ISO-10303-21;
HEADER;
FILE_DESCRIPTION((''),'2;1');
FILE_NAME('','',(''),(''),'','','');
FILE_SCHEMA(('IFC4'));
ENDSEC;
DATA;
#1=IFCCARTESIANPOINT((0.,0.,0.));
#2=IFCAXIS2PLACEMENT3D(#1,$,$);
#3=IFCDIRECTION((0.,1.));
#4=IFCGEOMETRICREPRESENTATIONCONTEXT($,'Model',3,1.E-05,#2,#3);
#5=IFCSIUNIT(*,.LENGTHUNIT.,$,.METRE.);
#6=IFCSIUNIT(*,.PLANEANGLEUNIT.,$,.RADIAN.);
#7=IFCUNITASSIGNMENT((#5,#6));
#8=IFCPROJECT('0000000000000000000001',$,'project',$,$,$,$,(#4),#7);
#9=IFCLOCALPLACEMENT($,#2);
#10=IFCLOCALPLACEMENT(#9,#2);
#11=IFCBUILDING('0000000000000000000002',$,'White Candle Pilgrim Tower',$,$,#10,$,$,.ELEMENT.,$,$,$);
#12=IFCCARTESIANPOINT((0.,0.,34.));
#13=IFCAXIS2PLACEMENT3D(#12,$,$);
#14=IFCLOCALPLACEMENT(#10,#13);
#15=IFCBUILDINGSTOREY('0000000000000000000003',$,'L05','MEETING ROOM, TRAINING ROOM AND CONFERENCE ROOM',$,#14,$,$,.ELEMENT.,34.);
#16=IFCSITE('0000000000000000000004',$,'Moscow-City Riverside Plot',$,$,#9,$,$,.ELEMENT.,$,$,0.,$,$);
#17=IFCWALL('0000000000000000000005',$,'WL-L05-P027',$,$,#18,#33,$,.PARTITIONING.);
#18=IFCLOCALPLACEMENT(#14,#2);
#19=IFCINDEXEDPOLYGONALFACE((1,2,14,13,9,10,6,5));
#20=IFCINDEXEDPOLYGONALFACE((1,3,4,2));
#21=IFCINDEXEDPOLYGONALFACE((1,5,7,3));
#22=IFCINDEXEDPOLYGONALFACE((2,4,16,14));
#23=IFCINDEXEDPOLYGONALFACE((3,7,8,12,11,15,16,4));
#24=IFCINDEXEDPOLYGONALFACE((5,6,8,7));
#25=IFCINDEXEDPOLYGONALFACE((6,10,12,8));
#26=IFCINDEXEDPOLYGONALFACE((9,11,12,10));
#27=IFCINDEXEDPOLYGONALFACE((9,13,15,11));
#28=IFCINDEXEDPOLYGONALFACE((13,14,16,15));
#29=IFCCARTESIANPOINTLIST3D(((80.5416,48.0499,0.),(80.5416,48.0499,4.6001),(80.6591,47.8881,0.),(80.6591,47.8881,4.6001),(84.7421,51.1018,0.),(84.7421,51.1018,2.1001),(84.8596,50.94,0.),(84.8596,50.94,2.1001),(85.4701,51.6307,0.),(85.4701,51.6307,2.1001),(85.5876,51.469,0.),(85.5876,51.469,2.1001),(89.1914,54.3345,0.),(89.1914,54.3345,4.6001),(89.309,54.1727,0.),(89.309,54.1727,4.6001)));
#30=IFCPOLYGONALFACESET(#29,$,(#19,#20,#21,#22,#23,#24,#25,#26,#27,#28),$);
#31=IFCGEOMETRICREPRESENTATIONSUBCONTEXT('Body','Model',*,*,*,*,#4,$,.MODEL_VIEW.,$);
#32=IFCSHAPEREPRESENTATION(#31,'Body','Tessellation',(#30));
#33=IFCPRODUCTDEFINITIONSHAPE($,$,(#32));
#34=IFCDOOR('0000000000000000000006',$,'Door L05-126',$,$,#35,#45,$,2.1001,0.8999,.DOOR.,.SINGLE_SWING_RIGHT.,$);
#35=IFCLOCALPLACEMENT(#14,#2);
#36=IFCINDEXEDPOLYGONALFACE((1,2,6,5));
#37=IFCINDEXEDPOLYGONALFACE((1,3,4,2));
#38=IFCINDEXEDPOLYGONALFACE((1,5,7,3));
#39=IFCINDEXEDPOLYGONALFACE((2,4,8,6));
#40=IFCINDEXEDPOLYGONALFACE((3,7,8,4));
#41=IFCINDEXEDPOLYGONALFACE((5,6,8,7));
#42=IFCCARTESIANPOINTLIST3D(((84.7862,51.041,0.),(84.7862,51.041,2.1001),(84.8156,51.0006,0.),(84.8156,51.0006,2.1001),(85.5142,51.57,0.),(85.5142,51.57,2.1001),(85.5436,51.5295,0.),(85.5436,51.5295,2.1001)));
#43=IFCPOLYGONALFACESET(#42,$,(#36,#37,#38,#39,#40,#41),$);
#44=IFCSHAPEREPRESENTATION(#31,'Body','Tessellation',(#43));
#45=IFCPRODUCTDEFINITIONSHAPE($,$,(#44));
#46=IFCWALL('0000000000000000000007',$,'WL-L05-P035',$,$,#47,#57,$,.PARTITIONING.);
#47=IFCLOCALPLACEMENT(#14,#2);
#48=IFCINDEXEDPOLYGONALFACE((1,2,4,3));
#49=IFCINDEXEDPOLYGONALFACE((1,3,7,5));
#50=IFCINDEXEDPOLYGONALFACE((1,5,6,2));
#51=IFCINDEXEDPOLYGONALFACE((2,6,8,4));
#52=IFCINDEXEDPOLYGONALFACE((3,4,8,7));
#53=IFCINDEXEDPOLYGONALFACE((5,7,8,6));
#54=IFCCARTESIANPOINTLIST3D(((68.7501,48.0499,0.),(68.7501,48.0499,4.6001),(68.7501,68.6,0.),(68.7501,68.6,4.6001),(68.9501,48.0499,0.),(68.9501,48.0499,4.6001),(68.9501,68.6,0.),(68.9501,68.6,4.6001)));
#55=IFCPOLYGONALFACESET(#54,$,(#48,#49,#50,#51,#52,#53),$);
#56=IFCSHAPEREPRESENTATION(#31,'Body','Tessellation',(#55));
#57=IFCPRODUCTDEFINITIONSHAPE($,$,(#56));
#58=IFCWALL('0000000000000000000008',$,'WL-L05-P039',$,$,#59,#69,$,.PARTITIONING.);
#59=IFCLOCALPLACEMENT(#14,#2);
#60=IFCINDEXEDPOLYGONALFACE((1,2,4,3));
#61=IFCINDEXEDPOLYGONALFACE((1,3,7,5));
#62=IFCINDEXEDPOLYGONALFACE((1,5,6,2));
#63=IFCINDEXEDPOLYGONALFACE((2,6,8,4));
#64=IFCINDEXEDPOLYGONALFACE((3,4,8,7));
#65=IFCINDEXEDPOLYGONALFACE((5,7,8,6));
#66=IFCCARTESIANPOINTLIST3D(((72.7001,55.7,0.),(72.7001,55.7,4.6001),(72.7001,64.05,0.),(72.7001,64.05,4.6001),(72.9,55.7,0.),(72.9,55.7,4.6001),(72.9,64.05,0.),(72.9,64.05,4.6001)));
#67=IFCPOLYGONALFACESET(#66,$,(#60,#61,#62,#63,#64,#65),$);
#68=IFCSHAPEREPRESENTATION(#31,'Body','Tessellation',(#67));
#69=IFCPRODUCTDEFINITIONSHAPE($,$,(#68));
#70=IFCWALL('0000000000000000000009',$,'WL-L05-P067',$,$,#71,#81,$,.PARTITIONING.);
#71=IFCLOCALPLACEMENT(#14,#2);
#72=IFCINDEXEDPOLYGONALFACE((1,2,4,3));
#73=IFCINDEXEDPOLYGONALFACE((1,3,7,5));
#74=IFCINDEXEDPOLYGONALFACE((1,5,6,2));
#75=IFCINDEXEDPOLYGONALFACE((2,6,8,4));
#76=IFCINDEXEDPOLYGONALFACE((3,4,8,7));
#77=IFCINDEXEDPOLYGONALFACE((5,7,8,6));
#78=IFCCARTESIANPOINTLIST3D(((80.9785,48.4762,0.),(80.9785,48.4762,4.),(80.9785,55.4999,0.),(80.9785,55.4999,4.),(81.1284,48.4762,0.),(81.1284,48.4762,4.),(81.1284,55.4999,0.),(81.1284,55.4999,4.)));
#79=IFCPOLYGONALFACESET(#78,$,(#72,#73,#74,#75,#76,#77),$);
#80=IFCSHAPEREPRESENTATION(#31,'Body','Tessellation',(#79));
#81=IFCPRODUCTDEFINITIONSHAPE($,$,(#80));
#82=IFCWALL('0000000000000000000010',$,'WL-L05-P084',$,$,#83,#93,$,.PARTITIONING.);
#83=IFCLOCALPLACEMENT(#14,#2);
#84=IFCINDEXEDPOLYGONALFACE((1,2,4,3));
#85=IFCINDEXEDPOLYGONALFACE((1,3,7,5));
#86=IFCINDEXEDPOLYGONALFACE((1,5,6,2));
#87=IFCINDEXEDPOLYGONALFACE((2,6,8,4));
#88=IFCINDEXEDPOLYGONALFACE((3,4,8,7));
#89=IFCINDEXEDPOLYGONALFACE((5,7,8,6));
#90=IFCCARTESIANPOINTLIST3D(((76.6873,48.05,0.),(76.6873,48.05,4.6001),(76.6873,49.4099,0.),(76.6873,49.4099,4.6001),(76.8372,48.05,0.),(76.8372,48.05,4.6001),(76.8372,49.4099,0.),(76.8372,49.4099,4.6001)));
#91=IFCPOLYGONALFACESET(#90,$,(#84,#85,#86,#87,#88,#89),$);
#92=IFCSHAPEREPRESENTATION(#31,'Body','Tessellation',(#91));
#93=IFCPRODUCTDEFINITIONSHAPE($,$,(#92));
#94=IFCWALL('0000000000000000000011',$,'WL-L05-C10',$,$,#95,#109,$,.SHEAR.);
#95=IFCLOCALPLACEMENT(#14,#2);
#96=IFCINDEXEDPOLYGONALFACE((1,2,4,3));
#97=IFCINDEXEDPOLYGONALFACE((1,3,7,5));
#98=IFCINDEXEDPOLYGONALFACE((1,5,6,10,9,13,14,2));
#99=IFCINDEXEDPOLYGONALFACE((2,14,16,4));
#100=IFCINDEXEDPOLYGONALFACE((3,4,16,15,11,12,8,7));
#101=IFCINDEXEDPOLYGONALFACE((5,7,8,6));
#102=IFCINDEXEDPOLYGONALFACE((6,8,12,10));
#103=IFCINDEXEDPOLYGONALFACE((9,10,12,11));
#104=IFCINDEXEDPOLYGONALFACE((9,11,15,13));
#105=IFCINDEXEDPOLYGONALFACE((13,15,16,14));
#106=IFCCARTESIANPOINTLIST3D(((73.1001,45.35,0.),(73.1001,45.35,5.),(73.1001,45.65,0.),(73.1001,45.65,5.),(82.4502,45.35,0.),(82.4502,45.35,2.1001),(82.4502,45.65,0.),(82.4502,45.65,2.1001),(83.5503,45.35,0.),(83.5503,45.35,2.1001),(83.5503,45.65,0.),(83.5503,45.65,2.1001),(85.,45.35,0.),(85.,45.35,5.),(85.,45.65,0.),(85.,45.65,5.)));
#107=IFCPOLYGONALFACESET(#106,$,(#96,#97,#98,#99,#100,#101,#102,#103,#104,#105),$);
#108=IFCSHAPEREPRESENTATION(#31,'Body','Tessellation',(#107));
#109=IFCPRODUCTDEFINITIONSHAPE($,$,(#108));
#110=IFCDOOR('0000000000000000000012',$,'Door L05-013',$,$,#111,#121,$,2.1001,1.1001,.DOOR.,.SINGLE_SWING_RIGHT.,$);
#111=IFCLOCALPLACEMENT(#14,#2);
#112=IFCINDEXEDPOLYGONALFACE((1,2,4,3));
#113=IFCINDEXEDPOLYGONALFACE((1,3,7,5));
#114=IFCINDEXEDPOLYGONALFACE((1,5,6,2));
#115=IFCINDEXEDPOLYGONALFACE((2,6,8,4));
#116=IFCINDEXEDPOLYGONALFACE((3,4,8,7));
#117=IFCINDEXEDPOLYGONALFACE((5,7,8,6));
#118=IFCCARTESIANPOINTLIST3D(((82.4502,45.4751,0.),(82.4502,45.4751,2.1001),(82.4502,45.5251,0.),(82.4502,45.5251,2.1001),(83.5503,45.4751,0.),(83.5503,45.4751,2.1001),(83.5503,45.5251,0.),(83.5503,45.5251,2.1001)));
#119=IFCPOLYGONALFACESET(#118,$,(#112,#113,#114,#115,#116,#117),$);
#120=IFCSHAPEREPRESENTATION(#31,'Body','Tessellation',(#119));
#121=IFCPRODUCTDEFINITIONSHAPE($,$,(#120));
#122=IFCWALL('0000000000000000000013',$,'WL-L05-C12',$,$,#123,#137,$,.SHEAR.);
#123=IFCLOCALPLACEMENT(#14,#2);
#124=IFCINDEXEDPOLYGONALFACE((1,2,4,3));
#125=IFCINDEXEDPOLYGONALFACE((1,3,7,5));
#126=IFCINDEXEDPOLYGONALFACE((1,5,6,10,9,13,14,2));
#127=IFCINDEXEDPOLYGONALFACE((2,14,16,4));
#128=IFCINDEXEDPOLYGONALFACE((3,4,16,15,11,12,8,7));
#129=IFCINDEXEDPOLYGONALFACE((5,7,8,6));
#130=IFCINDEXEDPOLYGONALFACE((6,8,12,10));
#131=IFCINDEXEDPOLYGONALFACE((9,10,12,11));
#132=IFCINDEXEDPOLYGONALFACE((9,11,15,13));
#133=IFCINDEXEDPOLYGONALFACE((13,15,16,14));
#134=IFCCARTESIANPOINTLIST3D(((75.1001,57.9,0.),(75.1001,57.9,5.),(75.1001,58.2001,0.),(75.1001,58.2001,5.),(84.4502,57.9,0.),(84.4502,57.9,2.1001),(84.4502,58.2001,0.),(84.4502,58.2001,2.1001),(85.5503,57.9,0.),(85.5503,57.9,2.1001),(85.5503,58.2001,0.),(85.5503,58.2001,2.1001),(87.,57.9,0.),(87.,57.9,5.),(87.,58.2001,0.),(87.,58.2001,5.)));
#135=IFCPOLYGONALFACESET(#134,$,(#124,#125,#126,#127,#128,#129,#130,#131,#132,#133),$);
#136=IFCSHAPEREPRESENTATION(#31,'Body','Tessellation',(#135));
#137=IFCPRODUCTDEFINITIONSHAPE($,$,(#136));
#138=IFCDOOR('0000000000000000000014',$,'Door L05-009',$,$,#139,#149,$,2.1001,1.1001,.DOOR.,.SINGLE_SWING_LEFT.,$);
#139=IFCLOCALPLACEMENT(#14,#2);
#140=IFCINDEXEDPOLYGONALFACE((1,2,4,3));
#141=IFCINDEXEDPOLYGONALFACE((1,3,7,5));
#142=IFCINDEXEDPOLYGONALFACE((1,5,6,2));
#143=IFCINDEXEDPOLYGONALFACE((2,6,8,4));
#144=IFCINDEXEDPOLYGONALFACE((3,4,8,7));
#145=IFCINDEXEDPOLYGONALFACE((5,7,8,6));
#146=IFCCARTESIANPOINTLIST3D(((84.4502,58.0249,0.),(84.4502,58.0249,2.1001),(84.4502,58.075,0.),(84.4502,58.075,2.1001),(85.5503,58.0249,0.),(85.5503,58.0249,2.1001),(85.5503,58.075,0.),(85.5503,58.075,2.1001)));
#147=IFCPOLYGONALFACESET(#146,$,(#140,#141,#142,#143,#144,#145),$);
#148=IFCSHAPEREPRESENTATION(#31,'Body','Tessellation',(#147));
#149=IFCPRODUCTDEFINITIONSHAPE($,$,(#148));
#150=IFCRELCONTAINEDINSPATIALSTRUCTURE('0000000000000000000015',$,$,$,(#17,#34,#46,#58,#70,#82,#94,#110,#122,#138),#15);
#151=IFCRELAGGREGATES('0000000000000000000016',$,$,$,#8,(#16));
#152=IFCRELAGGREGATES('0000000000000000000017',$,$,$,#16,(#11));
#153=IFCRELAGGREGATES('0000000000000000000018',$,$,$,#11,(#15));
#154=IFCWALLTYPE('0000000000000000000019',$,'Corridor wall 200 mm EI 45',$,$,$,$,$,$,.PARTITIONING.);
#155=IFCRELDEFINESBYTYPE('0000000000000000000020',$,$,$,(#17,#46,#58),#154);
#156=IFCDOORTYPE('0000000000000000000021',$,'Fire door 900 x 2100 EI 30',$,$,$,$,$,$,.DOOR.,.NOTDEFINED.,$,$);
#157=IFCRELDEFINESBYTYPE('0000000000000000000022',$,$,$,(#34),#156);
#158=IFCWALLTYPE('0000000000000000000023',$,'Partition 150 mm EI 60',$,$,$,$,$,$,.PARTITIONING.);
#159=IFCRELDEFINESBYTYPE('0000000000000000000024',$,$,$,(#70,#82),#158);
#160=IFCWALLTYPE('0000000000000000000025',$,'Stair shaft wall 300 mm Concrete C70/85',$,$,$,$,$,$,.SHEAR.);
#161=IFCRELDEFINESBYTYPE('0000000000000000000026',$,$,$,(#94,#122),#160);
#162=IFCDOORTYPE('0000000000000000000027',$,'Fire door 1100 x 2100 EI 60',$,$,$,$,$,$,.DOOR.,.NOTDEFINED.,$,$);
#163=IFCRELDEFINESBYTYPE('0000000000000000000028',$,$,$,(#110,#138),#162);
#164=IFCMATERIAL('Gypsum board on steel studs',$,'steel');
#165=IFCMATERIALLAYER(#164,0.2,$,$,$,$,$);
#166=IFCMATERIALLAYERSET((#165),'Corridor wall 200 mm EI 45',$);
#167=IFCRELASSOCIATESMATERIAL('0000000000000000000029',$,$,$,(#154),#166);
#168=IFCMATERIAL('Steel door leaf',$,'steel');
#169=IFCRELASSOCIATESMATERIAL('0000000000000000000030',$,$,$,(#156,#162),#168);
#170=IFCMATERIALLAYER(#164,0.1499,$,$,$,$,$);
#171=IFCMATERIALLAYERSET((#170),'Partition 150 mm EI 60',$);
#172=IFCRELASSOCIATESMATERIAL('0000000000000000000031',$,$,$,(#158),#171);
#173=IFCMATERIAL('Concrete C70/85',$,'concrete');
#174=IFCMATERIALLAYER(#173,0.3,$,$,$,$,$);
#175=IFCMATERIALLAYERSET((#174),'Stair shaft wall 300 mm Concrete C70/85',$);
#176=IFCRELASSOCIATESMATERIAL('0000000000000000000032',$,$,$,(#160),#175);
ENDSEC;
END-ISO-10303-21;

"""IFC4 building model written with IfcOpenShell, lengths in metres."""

from ifc_helpers import new_model, si_unit, direction, frame, frame_2d, origin, place, context, subcontext, project, spatial, rectangle, extrude, material, layer, layer_set, type_object, element, fill, save


model = new_model("IFC4")

# Units and contexts
model_context = context("Model", 3, precision=1e-05, world=origin(), true_north=direction((0.0, 1.0)))
body_context = subcontext(model_context, "Body", "Model", "MODEL_VIEW")
ifc_project = project(units=[si_unit("LENGTHUNIT", "METRE"), si_unit("PLANEANGLEUNIT", "RADIAN")], contexts=[model_context])

# Site, building, storey
site_placement = place(None, origin())
site = spatial("IfcSite", under=ifc_project, at=site_placement, Name="Moscow-City Riverside Plot", CompositionType="ELEMENT", RefElevation=0.0)
building_placement = place(site_placement, origin())
building = spatial("IfcBuilding", under=site, at=building_placement, Name="White Candle Pilgrim Tower", CompositionType="ELEMENT")
storey_placement = place(building_placement, frame((0.0, 0.0, 34.0)))
storey = spatial("IfcBuildingStorey", under=building, at=storey_placement, Name="L05", Description="MEETING ROOM, TRAINING ROOM AND CONFERENCE ROOM", CompositionType="ELEMENT", Elevation=34.0)

# Shared definitions
ifc_material_1 = material(Name="Gypsum board on steel studs", Category="steel")
ifc_layer_1 = layer(ifc_material_1, 0.2)
ifc_layer_set_1 = layer_set([ifc_layer_1], Name="Corridor wall 200 mm EI 45")
wall_type_1 = type_object("IfcWallType", Name="Corridor wall 200 mm EI 45", PredefinedType="PARTITIONING", material=ifc_layer_set_1)

# Wall, opening, door
wall_1_placement = place(storey_placement, frame((80.6003, 47.969, 0.0), z_axis=(0.0, 0.0, 1.0), x_axis=(0.80901, 0.587794, 0.0)))
wall_1 = element("IfcWall", 1, at=wall_1_placement, inside=storey, type_object=wall_type_1, Name="WL-L05-P027", PredefinedType="PARTITIONING", context=body_context, shape_type="SweptSolid", body=[
    extrude(rectangle(XDim=10.6919, YDim=0.2, at=frame_2d((5.3459, 0.0))), origin(), (0.0, 0.0, 1.0), 4.6001),
])
opening_1_placement = place(wall_1_placement, frame((5.1921, 0.0, 0.0)))
opening_1 = element("IfcOpeningElement", 2, at=opening_1_placement, cuts=wall_1, PredefinedType="OPENING", context=body_context, shape_type="SweptSolid", body=[
    extrude(rectangle(XDim=0.8999, YDim=2.1001, at=frame_2d((0.45, 1.05))), frame((0.0, 0.1099, 0.0), z_axis=(0.0, -1.0, 0.0), x_axis=(1.0, 0.0, 0.0)), (0.0, 0.0, 1.0), 0.22),
])
ifc_material_2 = material(Name="Steel door leaf", Category="steel")
door_type_1 = type_object("IfcDoorType", Name="Fire door 900 x 2100 EI 30", OperationType="NOTDEFINED", PredefinedType="DOOR", material=ifc_material_2)
door_1_placement = place(opening_1_placement, origin())
door_1 = element("IfcDoor", 3, at=door_1_placement, inside=storey, type_object=door_type_1, Name="Door L05-126", OperationType="SINGLE_SWING_RIGHT", OverallHeight=2.1001, OverallWidth=0.8999, PredefinedType="DOOR", context=body_context, shape_type="SweptSolid", body=[
    extrude(rectangle(XDim=0.8999, YDim=2.1001, at=frame_2d((0.45, 1.05))), frame((0.0, 0.0249, 0.0), z_axis=(0.0, -1.0, 0.0), x_axis=(1.0, 0.0, 0.0)), (0.0, 0.0, 1.0), 0.05),
])
fill(opening_1, door_1)

# Walls
wall_2_placement = place(storey_placement, frame((68.8501, 48.05, 0.0), z_axis=(0.0, 0.0, 1.0), x_axis=(0.0, 1.0, 0.0)))
element("IfcWall", 4, at=wall_2_placement, inside=storey, type_object=wall_type_1, Name="WL-L05-P035", PredefinedType="PARTITIONING", context=body_context, shape_type="SweptSolid", body=[
    extrude(rectangle(XDim=20.55, YDim=0.2, at=frame_2d((10.2749, 0.0))), origin(), (0.0, 0.0, 1.0), 4.6001),
])
wall_3_placement = place(storey_placement, frame((72.8, 55.7, 0.0), z_axis=(0.0, 0.0, 1.0), x_axis=(0.0, 1.0, 0.0)))
element("IfcWall", 5, at=wall_3_placement, inside=storey, type_object=wall_type_1, Name="WL-L05-P039", PredefinedType="PARTITIONING", context=body_context, shape_type="SweptSolid", body=[
    extrude(rectangle(XDim=8.3501, YDim=0.2, at=frame_2d((4.175, 0.0))), origin(), (0.0, 0.0, 1.0), 4.6001),
])
ifc_layer_2 = layer(ifc_material_1, 0.1499)
ifc_layer_set_2 = layer_set([ifc_layer_2], Name="Partition 150 mm EI 60")
wall_type_2 = type_object("IfcWallType", Name="Partition 150 mm EI 60", PredefinedType="PARTITIONING", material=ifc_layer_set_2)
wall_4_placement = place(storey_placement, frame((81.0535, 48.4763, 0.0), z_axis=(0.0, 0.0, 1.0), x_axis=(0.0, 1.0, 0.0)))
element("IfcWall", 6, at=wall_4_placement, inside=storey, type_object=wall_type_2, Name="WL-L05-P067", PredefinedType="PARTITIONING", context=body_context, shape_type="SweptSolid", body=[
    extrude(rectangle(XDim=7.0237, YDim=0.1499, at=frame_2d((3.5117, 0.0))), origin(), (0.0, 0.0, 1.0), 4.0),
])
wall_5_placement = place(storey_placement, frame((76.7622, 49.4099, 0.0), z_axis=(0.0, 0.0, 1.0), x_axis=(0.0, -1.0, 0.0)))
element("IfcWall", 7, at=wall_5_placement, inside=storey, type_object=wall_type_2, Name="WL-L05-P084", PredefinedType="PARTITIONING", context=body_context, shape_type="SweptSolid", body=[
    extrude(rectangle(XDim=1.3599, YDim=0.1499, at=frame_2d((0.6799, 0.0))), origin(), (0.0, 0.0, 1.0), 4.6001),
])

# Walls, openings, doors
ifc_material_3 = material(Name="Concrete C70/85", Category="concrete")
ifc_layer_3 = layer(ifc_material_3, 0.3)
ifc_layer_set_3 = layer_set([ifc_layer_3], Name="Stair shaft wall 300 mm Concrete C70/85")
wall_type_3 = type_object("IfcWallType", Name="Stair shaft wall 300 mm Concrete C70/85", PredefinedType="SHEAR", material=ifc_layer_set_3)
wall_6_placement = place(storey_placement, frame((73.1001, 45.5, 0.0), z_axis=(0.0, 0.0, 1.0), x_axis=(1.0, 0.0, 0.0)))
wall_6 = element("IfcWall", 8, at=wall_6_placement, inside=storey, type_object=wall_type_3, Name="WL-L05-C10", PredefinedType="SHEAR", context=body_context, shape_type="SweptSolid", body=[
    extrude(rectangle(XDim=11.8999, YDim=0.3, at=frame_2d((5.95, 0.0))), origin(), (0.0, 0.0, 1.0), 5.0),
])
opening_2_placement = place(wall_6_placement, frame((9.3501, 0.0, 0.0)))
opening_2 = element("IfcOpeningElement", 9, at=opening_2_placement, cuts=wall_6, PredefinedType="OPENING", context=body_context, shape_type="SweptSolid", body=[
    extrude(rectangle(XDim=1.1001, YDim=2.1001, at=frame_2d((0.55, 1.05))), frame((0.0, 0.1599, 0.0), z_axis=(0.0, -1.0, 0.0), x_axis=(1.0, 0.0, 0.0)), (0.0, 0.0, 1.0), 0.3201),
])
door_type_2 = type_object("IfcDoorType", Name="Fire door 1100 x 2100 EI 60", OperationType="NOTDEFINED", PredefinedType="DOOR", material=ifc_material_2)
door_2_placement = place(opening_2_placement, frame((1.1001, 0.0, 0.0), z_axis=(0.0, 0.0, 1.0), x_axis=(-1.0, 0.0, 0.0)))
door_2 = element("IfcDoor", 10, at=door_2_placement, inside=storey, type_object=door_type_2, Name="Door L05-013", OperationType="SINGLE_SWING_RIGHT", OverallHeight=2.1001, OverallWidth=1.1001, PredefinedType="DOOR", context=body_context, shape_type="SweptSolid", body=[
    extrude(rectangle(XDim=1.1001, YDim=2.1001, at=frame_2d((0.55, 1.05))), frame((0.0, 0.0249, 0.0), z_axis=(0.0, -1.0, 0.0), x_axis=(1.0, 0.0, 0.0)), (0.0, 0.0, 1.0), 0.05),
])
fill(opening_2, door_2)
wall_7_placement = place(storey_placement, frame((75.1001, 58.05, 0.0), z_axis=(0.0, 0.0, 1.0), x_axis=(1.0, 0.0, 0.0)))
wall_7 = element("IfcWall", 11, at=wall_7_placement, inside=storey, type_object=wall_type_3, Name="WL-L05-C12", PredefinedType="SHEAR", context=body_context, shape_type="SweptSolid", body=[
    extrude(rectangle(XDim=11.8999, YDim=0.3, at=frame_2d((5.95, 0.0))), origin(), (0.0, 0.0, 1.0), 5.0),
])
opening_3_placement = place(wall_7_placement, frame((9.3501, 0.0, 0.0)))
opening_3 = element("IfcOpeningElement", 12, at=opening_3_placement, cuts=wall_7, PredefinedType="OPENING", context=body_context, shape_type="SweptSolid", body=[
    extrude(rectangle(XDim=1.1001, YDim=2.1001, at=frame_2d((0.55, 1.05))), frame((0.0, 0.1599, 0.0), z_axis=(0.0, -1.0, 0.0), x_axis=(1.0, 0.0, 0.0)), (0.0, 0.0, 1.0), 0.3201),
])
door_3_placement = place(opening_3_placement, origin())
door_3 = element("IfcDoor", 13, at=door_3_placement, inside=storey, type_object=door_type_2, Name="Door L05-009", OperationType="SINGLE_SWING_LEFT", OverallHeight=2.1001, OverallWidth=1.1001, PredefinedType="DOOR", context=body_context, shape_type="SweptSolid", body=[
    extrude(rectangle(XDim=1.1001, YDim=2.1001, at=frame_2d((0.55, 1.05))), frame((0.0, 0.0249, 0.0), z_axis=(0.0, -1.0, 0.0), x_axis=(1.0, 0.0, 0.0)), (0.0, 0.0, 1.0), 0.05),
])
fill(opening_3, door_3)

save(model, "model.ifc")
